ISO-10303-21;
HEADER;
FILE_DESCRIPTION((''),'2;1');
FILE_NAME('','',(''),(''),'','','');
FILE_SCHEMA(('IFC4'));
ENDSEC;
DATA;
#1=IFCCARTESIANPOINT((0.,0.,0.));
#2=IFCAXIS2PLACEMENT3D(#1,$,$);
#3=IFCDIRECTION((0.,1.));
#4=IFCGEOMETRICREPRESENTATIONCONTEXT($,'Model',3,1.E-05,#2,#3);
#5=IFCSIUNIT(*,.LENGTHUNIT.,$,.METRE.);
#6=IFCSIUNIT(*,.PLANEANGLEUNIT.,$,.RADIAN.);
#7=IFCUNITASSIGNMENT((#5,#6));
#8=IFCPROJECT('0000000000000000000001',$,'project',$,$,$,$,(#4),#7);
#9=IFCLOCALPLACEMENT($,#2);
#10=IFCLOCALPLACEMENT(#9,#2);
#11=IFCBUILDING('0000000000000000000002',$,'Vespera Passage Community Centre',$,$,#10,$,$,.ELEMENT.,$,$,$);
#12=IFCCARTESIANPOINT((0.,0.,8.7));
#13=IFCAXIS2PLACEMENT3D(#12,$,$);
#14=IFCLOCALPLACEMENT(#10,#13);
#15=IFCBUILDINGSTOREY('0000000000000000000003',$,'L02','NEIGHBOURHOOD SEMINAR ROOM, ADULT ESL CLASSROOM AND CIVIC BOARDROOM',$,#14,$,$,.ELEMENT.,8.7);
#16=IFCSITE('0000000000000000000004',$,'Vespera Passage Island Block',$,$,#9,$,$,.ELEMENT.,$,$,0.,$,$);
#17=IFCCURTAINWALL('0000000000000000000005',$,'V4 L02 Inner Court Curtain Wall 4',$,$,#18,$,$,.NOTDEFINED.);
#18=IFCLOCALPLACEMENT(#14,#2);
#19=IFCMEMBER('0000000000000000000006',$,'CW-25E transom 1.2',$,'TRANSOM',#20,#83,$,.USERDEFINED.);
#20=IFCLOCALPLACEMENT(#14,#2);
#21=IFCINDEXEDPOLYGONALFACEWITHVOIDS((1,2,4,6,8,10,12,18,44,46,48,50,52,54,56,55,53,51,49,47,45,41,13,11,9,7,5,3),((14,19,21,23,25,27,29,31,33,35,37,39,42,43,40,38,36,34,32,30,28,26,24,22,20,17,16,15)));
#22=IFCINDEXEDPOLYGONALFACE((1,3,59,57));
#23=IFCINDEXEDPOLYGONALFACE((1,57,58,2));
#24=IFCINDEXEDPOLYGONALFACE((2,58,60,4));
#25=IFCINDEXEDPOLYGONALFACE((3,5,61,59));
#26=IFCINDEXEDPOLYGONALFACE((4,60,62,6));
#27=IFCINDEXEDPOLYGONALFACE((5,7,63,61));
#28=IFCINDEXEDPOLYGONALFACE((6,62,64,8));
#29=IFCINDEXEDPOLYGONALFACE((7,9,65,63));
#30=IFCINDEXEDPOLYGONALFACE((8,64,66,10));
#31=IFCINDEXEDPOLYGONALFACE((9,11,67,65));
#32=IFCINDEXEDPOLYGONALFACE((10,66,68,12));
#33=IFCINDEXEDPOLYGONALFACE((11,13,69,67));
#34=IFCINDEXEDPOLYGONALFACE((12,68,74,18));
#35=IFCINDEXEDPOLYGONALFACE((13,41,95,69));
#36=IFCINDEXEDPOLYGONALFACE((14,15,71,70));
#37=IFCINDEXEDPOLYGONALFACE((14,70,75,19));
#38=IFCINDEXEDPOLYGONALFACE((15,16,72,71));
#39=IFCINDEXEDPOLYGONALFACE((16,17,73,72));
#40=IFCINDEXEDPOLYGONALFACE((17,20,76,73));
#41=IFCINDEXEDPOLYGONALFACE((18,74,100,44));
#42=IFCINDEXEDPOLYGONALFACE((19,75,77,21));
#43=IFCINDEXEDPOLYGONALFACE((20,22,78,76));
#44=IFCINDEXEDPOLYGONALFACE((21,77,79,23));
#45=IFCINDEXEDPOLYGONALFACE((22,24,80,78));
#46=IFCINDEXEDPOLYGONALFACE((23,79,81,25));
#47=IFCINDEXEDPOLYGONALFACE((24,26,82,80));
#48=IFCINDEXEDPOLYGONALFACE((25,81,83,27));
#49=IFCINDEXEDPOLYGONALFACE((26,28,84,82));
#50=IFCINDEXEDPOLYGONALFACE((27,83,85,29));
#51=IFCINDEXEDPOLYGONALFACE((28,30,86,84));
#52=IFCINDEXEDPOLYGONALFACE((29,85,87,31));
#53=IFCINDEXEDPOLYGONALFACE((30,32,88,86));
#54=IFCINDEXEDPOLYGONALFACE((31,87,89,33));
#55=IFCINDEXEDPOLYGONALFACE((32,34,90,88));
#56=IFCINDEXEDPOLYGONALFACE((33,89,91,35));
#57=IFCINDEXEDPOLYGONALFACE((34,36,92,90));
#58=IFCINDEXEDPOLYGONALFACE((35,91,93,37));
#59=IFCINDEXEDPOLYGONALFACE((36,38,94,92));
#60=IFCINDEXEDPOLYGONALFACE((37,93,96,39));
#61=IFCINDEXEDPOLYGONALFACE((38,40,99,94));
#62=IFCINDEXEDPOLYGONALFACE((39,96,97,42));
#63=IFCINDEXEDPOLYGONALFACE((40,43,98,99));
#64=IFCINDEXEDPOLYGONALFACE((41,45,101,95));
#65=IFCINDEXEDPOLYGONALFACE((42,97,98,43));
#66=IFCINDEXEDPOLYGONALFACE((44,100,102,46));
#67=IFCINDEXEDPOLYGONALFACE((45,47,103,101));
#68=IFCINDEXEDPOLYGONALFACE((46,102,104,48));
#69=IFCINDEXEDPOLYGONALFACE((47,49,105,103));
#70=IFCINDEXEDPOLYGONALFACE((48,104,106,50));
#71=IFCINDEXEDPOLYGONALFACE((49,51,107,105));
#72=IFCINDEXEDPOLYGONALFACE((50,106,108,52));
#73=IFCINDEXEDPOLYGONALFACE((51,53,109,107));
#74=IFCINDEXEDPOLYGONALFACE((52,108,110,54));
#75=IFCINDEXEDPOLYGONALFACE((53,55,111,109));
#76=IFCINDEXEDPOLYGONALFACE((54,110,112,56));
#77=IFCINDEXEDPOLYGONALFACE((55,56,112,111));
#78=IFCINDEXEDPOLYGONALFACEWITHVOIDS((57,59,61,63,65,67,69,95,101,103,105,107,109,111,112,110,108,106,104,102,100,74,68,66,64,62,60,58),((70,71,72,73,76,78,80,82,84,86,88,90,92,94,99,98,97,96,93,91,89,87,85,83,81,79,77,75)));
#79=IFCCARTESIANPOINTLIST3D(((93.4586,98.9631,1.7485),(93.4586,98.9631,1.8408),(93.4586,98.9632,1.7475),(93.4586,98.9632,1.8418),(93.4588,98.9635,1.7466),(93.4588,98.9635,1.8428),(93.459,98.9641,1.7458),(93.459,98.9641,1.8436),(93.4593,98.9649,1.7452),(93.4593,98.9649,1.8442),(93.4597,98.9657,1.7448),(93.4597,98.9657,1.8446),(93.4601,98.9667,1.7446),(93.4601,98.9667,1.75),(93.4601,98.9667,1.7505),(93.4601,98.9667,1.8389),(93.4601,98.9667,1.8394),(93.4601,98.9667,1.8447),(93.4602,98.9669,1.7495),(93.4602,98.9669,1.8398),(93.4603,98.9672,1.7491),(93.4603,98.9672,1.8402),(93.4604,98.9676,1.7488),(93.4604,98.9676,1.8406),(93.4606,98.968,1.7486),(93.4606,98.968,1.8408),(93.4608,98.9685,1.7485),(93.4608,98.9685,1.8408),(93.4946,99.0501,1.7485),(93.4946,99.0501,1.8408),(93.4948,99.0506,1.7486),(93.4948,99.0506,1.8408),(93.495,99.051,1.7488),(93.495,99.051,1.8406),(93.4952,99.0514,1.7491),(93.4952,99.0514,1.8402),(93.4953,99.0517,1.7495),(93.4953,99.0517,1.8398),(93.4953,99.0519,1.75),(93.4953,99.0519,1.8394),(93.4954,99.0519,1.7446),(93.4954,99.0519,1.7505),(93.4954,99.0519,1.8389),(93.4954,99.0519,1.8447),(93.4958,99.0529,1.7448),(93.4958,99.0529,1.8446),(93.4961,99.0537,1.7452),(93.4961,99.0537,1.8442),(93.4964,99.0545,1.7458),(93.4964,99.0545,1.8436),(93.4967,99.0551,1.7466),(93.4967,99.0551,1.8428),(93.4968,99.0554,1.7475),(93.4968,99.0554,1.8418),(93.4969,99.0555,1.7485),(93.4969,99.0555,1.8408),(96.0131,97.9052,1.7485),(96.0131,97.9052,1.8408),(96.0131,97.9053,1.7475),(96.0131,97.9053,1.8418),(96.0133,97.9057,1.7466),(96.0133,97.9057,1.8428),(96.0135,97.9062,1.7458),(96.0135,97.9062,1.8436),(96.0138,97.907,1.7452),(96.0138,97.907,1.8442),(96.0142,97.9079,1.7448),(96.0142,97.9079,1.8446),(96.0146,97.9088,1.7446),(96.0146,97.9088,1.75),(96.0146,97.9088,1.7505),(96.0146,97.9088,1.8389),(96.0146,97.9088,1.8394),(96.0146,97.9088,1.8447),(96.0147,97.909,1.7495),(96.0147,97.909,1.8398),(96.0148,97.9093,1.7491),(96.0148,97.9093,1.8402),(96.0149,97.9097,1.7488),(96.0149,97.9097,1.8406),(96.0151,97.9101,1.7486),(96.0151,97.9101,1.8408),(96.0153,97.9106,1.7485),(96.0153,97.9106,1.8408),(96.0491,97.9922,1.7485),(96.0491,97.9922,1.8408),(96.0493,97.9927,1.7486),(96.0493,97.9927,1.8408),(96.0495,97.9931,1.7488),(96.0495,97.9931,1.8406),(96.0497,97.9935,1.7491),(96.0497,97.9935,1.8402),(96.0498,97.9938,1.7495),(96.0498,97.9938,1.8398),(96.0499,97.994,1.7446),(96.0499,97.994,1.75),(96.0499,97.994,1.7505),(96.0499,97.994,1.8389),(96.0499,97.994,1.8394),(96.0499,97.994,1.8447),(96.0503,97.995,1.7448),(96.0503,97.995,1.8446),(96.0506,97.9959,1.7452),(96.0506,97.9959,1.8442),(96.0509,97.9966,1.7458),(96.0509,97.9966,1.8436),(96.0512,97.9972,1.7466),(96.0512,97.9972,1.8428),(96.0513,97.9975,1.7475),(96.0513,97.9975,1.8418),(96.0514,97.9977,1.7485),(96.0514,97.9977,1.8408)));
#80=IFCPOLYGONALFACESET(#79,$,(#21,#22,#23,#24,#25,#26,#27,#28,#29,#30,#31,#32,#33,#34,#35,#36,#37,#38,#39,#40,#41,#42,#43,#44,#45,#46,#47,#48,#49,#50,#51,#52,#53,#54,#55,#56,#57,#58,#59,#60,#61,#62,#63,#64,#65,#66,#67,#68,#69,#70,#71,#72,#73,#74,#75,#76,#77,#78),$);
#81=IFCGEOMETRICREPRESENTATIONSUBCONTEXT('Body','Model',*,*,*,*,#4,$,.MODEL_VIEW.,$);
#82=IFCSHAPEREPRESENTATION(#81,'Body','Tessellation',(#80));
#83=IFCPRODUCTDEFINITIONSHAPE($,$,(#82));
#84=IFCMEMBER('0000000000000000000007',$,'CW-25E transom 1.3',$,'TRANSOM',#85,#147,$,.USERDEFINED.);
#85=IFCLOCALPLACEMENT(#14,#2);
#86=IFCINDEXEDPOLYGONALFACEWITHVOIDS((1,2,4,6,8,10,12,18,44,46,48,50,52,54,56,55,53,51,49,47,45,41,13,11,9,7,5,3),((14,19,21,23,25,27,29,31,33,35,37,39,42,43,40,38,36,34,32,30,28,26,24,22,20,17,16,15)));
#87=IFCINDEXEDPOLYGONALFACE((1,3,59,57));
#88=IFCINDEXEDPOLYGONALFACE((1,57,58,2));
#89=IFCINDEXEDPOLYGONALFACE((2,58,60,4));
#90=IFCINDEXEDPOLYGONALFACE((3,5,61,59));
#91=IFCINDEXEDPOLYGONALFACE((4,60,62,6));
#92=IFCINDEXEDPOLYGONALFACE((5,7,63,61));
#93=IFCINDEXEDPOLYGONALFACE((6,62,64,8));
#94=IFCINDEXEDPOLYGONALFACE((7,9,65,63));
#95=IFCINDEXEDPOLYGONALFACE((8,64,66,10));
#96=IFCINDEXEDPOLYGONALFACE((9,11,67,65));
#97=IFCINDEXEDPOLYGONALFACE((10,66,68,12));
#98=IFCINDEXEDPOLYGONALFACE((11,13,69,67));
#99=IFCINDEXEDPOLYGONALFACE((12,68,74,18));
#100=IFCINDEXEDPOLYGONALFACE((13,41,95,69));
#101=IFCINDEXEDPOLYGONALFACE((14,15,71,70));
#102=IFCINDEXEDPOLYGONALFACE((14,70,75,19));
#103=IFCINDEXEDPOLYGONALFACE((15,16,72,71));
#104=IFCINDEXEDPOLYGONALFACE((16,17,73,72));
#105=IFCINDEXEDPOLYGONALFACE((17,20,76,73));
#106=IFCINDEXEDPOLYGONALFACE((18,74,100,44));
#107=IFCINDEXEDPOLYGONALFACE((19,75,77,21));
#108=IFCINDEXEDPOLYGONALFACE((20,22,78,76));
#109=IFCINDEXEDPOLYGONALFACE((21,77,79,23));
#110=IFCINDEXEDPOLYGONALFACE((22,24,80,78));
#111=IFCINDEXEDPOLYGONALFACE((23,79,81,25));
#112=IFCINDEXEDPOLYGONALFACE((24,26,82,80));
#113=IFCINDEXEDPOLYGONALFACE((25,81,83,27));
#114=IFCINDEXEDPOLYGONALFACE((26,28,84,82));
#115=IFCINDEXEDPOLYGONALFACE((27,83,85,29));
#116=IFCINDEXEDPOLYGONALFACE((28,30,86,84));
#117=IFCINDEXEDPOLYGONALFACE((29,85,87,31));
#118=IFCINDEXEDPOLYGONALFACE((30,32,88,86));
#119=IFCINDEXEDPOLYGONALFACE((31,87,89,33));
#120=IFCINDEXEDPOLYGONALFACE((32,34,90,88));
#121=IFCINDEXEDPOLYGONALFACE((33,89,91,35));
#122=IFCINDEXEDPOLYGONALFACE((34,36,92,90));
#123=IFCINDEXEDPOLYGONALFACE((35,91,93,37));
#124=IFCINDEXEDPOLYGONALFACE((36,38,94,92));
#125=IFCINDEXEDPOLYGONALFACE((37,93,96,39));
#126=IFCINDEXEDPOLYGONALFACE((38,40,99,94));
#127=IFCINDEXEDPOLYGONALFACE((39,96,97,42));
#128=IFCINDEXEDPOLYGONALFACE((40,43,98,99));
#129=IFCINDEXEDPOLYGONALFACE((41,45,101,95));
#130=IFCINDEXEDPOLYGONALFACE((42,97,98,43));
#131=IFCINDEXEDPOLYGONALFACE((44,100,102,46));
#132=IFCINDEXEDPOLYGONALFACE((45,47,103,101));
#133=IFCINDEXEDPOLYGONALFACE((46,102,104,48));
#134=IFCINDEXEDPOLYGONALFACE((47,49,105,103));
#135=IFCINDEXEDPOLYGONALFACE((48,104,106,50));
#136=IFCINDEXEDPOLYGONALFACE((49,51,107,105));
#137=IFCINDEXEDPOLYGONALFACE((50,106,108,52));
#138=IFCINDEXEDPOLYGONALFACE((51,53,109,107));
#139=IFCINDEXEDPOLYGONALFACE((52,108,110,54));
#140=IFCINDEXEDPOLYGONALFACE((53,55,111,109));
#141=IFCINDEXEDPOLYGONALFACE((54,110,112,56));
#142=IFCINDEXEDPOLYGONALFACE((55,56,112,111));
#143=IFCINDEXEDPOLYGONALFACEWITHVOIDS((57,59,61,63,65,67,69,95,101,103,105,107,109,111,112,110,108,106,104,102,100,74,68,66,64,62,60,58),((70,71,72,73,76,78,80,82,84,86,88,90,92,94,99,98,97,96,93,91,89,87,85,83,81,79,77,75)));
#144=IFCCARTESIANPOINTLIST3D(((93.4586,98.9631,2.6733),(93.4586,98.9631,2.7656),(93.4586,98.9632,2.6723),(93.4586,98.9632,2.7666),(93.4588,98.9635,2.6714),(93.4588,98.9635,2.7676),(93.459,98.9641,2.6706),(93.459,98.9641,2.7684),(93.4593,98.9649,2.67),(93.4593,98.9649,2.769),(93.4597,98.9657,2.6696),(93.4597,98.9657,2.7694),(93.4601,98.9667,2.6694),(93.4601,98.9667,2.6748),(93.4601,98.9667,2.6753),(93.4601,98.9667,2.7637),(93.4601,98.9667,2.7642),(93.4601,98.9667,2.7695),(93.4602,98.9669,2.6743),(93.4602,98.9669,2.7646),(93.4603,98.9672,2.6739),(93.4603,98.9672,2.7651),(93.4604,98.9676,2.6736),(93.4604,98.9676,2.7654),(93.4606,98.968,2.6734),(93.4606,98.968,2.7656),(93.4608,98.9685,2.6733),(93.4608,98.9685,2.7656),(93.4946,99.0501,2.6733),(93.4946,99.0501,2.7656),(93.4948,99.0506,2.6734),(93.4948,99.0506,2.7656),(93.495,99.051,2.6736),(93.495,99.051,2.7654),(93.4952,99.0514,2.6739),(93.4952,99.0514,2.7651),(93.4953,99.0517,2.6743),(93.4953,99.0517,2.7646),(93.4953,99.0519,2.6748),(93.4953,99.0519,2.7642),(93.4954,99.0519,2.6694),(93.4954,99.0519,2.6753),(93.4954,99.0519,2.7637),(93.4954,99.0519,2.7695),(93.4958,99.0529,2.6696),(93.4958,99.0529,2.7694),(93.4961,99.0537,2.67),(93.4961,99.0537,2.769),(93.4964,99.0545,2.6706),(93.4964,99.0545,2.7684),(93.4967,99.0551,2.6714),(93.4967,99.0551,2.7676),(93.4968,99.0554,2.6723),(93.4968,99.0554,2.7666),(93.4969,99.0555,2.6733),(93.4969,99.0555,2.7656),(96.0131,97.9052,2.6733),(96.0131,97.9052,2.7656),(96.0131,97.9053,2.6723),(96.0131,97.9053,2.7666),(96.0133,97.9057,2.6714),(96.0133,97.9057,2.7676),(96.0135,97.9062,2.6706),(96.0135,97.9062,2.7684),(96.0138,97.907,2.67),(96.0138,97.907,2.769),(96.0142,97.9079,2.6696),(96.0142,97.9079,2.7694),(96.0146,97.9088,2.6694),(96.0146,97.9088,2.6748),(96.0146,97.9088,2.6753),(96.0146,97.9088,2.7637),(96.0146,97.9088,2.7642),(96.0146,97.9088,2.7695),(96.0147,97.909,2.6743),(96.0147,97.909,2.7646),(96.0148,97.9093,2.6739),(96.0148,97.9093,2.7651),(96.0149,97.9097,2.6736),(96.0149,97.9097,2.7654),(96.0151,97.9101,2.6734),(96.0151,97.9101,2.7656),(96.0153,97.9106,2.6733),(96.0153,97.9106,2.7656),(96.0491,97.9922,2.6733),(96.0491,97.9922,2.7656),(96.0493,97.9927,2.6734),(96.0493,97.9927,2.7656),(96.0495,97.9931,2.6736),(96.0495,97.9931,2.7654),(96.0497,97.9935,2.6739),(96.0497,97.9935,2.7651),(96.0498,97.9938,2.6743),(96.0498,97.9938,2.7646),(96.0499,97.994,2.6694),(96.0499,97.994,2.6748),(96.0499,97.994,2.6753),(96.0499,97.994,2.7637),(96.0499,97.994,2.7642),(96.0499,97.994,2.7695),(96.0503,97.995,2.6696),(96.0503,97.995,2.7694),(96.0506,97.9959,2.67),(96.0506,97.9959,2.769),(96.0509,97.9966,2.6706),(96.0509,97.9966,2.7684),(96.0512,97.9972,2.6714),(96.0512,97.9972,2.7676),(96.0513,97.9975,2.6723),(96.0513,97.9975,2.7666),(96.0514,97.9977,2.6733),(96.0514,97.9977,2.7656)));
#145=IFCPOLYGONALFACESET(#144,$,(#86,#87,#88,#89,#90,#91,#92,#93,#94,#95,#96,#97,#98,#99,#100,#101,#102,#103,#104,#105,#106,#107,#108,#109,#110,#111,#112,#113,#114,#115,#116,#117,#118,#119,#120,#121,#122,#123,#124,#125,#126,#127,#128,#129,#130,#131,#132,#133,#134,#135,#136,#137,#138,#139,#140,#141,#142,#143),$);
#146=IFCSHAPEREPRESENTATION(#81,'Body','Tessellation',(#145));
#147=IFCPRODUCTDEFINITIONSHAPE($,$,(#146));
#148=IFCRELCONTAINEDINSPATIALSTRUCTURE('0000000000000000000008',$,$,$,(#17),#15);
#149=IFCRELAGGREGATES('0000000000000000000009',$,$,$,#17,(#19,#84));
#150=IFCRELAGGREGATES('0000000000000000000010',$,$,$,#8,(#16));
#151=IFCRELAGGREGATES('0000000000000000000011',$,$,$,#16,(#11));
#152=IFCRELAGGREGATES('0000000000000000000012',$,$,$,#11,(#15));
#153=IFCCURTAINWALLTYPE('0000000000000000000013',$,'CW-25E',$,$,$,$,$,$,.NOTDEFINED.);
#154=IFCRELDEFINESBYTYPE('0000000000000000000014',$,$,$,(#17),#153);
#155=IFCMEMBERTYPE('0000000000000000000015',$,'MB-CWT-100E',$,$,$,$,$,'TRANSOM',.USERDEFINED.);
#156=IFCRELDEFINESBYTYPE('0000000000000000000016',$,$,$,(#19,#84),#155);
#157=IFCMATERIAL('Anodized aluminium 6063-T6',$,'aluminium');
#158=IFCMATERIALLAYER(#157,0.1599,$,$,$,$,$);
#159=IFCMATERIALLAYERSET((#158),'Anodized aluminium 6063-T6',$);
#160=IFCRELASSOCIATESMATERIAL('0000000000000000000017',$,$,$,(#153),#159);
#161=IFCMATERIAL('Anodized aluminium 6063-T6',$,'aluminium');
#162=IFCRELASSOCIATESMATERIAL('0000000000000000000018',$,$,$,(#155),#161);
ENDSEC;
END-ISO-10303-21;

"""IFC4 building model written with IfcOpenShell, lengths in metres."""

from ifc_helpers import new_model, si_unit, direction, frame, origin, origin_2d, place, context, subcontext, project, spatial, hollow_rectangle, extrude, material, layer, layer_set, material_profile, profile_set, type_object, element, aggregate, save


model = new_model("IFC4")

# Units and contexts
model_context = context("Model", 3, precision=1e-05, world=origin(), true_north=direction((0.0, 1.0)))
body_context = subcontext(model_context, "Body", "Model", "MODEL_VIEW")
ifc_project = project(units=[si_unit("LENGTHUNIT", "METRE"), si_unit("PLANEANGLEUNIT", "RADIAN")], contexts=[model_context])

# Site, building, storey
site_placement = place(None, origin())
site = spatial("IfcSite", under=ifc_project, at=site_placement, Name="Vespera Passage Island Block", CompositionType="ELEMENT", RefElevation=0.0)
building_placement = place(site_placement, origin())
building = spatial("IfcBuilding", under=site, at=building_placement, Name="Vespera Passage Community Centre", CompositionType="ELEMENT")
storey_placement = place(building_placement, frame((0.0, 0.0, 8.7)))
storey = spatial("IfcBuildingStorey", under=building, at=storey_placement, Name="L02", Description="NEIGHBOURHOOD SEMINAR ROOM, ADULT ESL CLASSROOM AND CIVIC BOARDROOM", CompositionType="ELEMENT", Elevation=8.7)

# Curtain wall, members
ifc_material_1 = material(Name="Anodized aluminium 6063-T6", Category="aluminium")
ifc_layer_1 = layer(ifc_material_1, 0.1599)
ifc_layer_set_1 = layer_set([ifc_layer_1], Name="Anodized aluminium 6063-T6")
curtain_wall_type_1 = type_object("IfcCurtainWallType", Name="CW-25E", PredefinedType="NOTDEFINED", material=ifc_layer_set_1)
curtain_wall_1_placement = place(storey_placement, origin())
curtain_wall_1 = element("IfcCurtainWall", 1, at=curtain_wall_1_placement, inside=storey, type_object=curtain_wall_type_1, Name="V4 L02 Inner Court Curtain Wall 4", PredefinedType="NOTDEFINED")
ifc_material_2 = material(Name="Anodized aluminium 6063-T6", Category="aluminium")
ifc_material_profile_1 = material_profile(ifc_material_2, hollow_rectangle(XDim=0.1001, YDim=0.1001, WallThickness=0.0039, InnerFilletRadius=0.002, OuterFilletRadius=0.0039, at=origin_2d()), Name="ALU100X100X4")
ifc_profile_set_1 = profile_set([ifc_material_profile_1], Name="Anodized aluminium 6063-T6")
member_type_1 = type_object("IfcMemberType", Name="MB-CWT-100E", ElementType="TRANSOM", PredefinedType="USERDEFINED", material=ifc_profile_set_1)
member_1_placement = place(storey_placement, frame((96.0322, 97.9514, 1.7947), z_axis=(-0.923908, 0.382614, 0.0), x_axis=(-0.382614, -0.923908, 0.0)))
member_1 = element("IfcMember", 2, at=member_1_placement, type_object=member_type_1, Name="CW-25E transom 1.2", ObjectType="TRANSOM", PredefinedType="USERDEFINED", context=body_context, shape_type="SweptSolid", body=[
    extrude(hollow_rectangle(XDim=0.1001, YDim=0.1001, WallThickness=0.0039, InnerFilletRadius=0.002, OuterFilletRadius=0.0039, at=origin_2d()), origin(), (0.0, 0.0, 1.0), 2.7649),
])
member_2_placement = place(storey_placement, frame((96.0322, 97.9514, 2.7195), z_axis=(-0.923908, 0.382614, 0.0), x_axis=(-0.382614, -0.923908, 0.0)))
member_2 = element("IfcMember", 3, at=member_2_placement, type_object=member_type_1, Name="CW-25E transom 1.3", ObjectType="TRANSOM", PredefinedType="USERDEFINED", context=body_context, shape_type="SweptSolid", body=[
    extrude(hollow_rectangle(XDim=0.1001, YDim=0.1001, WallThickness=0.0039, InnerFilletRadius=0.002, OuterFilletRadius=0.0039, at=origin_2d()), origin(), (0.0, 0.0, 1.0), 2.7649),
])

aggregate(curtain_wall_1, [member_1, member_2])

save(model, "model.ifc")
